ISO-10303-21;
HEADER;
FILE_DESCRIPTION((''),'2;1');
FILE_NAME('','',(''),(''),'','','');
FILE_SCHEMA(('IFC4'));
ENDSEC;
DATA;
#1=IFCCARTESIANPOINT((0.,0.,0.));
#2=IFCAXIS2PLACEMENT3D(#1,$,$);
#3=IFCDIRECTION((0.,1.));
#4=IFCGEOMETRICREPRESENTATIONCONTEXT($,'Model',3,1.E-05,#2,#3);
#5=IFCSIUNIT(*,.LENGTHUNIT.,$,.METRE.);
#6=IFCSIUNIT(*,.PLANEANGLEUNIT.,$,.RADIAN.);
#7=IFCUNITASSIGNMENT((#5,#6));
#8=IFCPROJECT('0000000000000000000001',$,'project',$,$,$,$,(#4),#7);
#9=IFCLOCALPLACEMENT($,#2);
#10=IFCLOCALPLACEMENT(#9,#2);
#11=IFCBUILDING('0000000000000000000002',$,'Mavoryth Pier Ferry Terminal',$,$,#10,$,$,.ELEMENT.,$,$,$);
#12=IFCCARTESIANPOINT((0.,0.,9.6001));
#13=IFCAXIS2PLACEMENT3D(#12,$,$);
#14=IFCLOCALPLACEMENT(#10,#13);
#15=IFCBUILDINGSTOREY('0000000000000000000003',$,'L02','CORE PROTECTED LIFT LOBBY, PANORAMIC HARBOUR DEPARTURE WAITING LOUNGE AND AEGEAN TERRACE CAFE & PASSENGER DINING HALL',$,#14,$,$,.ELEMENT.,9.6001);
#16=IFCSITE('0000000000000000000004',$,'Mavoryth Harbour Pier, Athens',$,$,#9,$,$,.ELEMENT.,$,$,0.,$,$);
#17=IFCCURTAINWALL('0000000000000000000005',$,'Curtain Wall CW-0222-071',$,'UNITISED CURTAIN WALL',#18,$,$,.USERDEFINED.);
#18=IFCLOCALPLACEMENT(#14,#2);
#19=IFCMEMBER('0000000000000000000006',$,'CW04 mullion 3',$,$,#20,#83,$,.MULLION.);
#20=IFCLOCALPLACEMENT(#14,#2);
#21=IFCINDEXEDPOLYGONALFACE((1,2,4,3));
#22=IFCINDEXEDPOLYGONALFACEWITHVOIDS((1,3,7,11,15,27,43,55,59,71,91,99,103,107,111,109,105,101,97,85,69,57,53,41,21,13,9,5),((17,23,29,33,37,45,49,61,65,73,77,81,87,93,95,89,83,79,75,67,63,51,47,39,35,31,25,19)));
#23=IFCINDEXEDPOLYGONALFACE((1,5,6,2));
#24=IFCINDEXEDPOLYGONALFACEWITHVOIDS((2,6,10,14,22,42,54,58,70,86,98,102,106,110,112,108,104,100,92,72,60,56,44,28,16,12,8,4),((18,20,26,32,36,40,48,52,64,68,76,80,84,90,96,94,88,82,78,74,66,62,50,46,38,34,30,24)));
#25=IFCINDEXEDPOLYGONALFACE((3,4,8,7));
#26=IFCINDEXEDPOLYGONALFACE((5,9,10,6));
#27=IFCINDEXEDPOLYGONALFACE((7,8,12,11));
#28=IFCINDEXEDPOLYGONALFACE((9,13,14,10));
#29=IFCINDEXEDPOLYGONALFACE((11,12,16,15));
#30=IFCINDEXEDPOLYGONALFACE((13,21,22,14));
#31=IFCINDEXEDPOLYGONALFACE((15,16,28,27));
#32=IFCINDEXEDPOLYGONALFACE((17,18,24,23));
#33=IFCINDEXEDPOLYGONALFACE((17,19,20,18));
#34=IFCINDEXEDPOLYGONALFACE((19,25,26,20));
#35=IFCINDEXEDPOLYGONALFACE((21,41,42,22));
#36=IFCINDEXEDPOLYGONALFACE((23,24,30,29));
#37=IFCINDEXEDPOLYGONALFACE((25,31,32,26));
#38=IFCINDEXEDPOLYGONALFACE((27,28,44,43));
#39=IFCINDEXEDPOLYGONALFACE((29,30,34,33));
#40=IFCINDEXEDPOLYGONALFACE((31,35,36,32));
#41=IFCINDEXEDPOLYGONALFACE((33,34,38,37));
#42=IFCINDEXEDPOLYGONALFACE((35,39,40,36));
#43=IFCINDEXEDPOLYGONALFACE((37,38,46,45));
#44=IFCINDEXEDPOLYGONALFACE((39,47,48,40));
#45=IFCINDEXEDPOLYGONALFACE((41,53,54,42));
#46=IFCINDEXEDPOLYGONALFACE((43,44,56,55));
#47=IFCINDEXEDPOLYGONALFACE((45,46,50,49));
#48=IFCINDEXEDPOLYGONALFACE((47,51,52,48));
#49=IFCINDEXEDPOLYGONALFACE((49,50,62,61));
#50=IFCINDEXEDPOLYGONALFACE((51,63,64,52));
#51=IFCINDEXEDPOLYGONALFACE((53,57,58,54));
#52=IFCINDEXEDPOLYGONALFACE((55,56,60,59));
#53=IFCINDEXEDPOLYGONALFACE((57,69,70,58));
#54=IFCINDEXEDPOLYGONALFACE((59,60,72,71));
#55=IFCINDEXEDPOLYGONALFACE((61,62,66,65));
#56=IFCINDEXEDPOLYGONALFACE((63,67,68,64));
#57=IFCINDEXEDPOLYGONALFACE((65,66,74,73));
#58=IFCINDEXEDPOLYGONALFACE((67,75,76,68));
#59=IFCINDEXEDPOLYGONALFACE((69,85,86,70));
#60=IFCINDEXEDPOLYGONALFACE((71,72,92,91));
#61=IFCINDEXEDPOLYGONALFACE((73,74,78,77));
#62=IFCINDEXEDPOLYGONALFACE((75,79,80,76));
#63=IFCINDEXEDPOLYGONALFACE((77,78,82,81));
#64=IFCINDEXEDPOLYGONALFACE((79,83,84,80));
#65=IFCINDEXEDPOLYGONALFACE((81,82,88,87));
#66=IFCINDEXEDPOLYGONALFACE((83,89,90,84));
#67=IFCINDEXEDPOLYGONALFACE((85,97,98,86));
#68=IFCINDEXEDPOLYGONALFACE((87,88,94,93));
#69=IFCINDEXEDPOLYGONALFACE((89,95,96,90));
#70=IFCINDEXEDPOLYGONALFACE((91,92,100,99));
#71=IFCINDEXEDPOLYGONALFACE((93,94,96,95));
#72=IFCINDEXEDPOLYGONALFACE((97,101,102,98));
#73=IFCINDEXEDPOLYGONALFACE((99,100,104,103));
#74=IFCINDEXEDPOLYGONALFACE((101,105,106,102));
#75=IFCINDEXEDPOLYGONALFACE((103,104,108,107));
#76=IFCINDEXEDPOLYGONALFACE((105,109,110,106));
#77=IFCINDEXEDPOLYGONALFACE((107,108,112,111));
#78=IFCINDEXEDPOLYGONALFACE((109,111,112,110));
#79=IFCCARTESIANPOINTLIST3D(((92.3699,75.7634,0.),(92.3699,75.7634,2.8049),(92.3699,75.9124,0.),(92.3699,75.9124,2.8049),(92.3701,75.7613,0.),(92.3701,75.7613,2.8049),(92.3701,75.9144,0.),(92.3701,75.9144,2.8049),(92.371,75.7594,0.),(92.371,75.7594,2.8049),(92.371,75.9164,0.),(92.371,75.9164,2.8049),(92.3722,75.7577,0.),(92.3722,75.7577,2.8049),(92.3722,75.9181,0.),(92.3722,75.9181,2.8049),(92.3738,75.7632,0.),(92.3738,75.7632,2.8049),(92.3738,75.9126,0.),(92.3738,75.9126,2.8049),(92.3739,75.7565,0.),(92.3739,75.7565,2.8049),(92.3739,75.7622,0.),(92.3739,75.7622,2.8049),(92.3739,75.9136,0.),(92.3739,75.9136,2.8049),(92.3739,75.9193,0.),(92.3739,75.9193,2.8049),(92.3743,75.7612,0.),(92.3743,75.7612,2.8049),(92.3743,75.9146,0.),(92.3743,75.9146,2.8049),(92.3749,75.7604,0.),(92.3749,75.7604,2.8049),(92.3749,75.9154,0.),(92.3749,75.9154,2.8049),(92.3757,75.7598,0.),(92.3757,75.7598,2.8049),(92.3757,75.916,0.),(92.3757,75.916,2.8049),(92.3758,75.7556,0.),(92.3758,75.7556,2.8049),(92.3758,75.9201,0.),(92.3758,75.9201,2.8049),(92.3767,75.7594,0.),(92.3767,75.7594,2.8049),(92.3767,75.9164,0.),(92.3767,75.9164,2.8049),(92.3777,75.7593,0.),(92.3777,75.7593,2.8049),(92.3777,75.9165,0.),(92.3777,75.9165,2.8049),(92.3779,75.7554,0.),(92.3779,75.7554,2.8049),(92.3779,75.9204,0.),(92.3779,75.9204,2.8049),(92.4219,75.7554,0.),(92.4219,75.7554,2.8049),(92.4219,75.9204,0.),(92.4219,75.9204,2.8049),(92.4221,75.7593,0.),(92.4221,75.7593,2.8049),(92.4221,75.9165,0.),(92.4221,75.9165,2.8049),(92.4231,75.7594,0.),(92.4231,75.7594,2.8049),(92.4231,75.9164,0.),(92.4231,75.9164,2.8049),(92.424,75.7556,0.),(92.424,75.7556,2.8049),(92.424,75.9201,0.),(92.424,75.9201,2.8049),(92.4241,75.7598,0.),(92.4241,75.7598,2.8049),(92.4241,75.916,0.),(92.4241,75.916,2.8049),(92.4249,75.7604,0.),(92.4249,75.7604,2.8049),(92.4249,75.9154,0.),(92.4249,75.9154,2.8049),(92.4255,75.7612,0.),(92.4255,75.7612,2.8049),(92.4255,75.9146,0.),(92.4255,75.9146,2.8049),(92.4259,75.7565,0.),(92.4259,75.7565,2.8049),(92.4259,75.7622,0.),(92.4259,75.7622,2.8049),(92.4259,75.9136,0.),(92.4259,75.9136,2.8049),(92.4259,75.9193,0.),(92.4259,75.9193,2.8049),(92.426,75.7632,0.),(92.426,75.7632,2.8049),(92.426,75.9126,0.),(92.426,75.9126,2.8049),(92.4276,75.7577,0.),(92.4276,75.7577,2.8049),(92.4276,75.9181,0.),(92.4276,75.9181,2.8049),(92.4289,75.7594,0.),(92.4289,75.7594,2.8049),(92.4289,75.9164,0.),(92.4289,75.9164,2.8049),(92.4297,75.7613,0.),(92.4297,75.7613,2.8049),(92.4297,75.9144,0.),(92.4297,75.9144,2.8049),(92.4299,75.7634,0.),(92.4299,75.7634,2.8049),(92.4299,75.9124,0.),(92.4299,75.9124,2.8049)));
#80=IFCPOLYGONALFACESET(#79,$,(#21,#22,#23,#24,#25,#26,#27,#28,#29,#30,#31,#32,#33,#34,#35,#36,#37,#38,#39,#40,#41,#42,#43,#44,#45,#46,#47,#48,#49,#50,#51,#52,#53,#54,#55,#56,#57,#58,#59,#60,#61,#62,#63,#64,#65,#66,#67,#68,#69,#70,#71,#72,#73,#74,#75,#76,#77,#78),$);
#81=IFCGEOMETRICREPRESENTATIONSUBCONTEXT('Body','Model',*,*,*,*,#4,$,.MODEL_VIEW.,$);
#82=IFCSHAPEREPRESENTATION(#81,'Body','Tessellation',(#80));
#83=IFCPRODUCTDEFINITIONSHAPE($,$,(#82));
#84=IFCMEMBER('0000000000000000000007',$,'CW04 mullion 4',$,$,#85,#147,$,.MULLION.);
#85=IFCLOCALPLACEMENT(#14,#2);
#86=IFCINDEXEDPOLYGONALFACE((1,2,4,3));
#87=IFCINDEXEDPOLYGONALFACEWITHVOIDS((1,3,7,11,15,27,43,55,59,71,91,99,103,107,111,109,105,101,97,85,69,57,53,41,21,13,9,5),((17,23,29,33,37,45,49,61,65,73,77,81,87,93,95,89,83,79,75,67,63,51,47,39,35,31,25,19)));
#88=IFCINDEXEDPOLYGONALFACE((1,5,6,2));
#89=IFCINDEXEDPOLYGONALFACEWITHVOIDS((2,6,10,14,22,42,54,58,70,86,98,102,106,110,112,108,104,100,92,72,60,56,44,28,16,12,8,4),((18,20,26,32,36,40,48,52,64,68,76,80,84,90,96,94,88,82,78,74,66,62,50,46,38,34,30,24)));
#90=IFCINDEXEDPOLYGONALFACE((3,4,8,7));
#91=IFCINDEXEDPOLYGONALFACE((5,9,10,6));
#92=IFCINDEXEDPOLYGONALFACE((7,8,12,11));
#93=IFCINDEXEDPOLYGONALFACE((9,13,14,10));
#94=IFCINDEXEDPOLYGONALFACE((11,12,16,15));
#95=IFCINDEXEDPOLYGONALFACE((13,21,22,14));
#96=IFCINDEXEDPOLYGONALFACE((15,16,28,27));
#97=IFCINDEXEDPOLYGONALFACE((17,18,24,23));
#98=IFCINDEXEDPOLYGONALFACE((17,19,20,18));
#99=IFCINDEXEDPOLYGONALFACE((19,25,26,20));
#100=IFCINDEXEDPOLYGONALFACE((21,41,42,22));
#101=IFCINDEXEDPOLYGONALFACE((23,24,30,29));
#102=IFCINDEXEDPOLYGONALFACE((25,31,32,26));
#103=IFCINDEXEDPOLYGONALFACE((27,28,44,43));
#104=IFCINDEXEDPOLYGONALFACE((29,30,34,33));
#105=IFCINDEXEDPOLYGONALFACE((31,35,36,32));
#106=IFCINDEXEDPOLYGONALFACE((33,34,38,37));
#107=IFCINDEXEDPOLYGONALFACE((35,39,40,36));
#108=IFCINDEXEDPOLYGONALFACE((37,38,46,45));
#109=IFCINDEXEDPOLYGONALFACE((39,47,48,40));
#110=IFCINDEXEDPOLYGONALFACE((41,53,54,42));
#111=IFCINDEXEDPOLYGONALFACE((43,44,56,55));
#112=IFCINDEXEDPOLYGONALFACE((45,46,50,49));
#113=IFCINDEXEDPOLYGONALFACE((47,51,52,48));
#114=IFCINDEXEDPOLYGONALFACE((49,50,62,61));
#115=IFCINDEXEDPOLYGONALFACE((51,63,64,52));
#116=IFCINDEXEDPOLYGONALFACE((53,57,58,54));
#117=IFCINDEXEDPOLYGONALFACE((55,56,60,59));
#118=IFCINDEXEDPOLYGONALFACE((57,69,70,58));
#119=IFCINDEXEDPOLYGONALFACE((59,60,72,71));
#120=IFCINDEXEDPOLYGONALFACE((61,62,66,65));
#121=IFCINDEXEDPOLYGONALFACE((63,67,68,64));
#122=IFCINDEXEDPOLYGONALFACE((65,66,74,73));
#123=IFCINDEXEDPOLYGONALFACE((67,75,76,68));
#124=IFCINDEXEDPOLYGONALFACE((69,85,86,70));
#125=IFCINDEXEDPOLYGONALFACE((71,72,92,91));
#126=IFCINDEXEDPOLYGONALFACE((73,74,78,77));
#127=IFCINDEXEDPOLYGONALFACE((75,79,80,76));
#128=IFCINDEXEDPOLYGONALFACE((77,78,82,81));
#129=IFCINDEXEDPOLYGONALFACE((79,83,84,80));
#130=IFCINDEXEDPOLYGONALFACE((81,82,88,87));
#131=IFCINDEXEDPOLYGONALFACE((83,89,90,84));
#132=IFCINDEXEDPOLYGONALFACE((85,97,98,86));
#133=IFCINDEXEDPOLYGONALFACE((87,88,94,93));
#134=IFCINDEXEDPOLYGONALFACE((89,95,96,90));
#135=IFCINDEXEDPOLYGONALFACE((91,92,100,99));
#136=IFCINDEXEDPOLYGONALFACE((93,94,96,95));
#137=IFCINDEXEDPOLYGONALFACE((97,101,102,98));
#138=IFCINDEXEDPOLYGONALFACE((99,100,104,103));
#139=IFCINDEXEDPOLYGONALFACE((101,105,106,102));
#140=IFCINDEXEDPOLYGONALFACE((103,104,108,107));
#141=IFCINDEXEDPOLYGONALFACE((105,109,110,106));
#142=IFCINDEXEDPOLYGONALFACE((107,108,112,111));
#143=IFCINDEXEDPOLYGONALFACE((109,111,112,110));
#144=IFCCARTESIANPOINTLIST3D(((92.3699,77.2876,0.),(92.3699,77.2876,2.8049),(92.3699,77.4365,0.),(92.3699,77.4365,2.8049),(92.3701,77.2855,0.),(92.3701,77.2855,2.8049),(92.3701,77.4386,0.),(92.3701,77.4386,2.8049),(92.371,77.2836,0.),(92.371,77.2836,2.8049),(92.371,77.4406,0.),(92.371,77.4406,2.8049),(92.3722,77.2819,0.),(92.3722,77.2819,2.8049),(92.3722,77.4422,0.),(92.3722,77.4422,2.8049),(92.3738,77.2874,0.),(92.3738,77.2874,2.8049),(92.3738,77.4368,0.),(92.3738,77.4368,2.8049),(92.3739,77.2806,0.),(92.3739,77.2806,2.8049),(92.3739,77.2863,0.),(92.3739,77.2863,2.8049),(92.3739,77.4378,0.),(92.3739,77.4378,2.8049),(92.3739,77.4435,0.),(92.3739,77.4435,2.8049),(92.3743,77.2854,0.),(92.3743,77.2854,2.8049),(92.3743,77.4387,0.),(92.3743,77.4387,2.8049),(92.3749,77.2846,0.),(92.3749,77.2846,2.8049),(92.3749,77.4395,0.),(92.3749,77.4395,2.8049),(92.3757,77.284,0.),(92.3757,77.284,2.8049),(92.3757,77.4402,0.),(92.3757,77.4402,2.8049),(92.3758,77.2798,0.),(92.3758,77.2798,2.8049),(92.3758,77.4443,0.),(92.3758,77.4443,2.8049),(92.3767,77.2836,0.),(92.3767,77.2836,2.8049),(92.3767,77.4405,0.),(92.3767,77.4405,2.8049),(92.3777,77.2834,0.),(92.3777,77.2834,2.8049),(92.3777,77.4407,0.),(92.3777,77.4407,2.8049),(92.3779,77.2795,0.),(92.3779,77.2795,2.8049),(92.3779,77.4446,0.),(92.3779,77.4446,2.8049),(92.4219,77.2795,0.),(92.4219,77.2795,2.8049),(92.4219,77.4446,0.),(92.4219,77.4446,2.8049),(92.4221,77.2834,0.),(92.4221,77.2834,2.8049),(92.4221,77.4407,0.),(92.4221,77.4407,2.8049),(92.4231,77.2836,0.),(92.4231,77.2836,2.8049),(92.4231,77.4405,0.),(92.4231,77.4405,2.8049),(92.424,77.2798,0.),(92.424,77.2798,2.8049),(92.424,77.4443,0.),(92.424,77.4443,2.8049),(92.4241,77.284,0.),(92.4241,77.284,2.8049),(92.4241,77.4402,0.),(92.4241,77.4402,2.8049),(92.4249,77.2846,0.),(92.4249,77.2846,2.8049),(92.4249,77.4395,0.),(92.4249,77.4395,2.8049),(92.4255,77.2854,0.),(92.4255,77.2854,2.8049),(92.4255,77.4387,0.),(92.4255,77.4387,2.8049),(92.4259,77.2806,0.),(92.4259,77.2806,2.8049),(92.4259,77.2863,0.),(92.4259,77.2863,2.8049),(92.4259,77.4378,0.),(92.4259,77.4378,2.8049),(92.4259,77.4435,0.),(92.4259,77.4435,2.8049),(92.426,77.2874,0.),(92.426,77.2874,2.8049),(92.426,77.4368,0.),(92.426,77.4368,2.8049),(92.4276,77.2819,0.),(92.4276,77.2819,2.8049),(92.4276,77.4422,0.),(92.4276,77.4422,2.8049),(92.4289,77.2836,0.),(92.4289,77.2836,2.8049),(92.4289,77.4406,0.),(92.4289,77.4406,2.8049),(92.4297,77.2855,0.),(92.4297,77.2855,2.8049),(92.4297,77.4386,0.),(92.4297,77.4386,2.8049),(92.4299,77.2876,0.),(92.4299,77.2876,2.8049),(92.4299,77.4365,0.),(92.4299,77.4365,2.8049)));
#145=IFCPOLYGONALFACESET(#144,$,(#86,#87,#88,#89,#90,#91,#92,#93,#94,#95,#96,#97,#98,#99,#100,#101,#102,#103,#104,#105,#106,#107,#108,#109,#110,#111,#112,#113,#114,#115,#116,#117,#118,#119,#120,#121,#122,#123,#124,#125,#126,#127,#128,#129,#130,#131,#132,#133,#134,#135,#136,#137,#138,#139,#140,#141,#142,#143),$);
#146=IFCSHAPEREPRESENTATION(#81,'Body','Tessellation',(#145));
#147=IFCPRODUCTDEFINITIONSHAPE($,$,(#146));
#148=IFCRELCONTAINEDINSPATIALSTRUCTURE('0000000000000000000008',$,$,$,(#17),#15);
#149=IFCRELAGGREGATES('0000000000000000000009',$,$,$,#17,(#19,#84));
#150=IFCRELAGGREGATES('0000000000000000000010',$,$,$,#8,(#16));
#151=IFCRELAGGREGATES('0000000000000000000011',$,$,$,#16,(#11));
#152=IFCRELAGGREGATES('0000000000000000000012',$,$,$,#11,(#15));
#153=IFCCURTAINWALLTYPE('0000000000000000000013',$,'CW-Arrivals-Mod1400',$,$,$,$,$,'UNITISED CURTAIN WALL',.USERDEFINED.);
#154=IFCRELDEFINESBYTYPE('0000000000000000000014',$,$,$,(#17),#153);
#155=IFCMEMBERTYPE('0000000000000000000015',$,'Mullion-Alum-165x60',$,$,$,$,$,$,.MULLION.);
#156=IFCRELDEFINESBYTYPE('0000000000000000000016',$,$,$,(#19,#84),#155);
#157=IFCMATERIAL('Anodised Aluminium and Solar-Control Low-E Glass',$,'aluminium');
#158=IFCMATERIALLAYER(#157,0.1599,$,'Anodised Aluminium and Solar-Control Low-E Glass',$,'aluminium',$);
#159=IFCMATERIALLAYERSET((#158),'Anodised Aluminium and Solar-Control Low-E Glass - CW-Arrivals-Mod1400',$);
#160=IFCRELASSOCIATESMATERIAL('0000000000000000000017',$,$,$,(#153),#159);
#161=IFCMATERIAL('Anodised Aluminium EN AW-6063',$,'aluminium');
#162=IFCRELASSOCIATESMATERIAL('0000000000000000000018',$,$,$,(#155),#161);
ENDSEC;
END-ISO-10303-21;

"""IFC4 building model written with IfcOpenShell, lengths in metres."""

from ifc_helpers import new_model, si_unit, direction, frame, origin, origin_2d, place, context, subcontext, project, spatial, hollow_rectangle, extrude, material, layer, layer_set, material_profile, profile_set, type_object, element, aggregate, save


model = new_model("IFC4")

# Units and contexts
model_context = context("Model", 3, precision=1e-05, world=origin(), true_north=direction((0.0, 1.0)))
body_context = subcontext(model_context, "Body", "Model", "MODEL_VIEW")
ifc_project = project(units=[si_unit("LENGTHUNIT", "METRE"), si_unit("PLANEANGLEUNIT", "RADIAN")], contexts=[model_context])

# Site, building, storey
site_placement = place(None, origin())
site = spatial("IfcSite", under=ifc_project, at=site_placement, Name="Mavoryth Harbour Pier, Athens", CompositionType="ELEMENT", RefElevation=0.0)
building_placement = place(site_placement, origin())
building = spatial("IfcBuilding", under=site, at=building_placement, Name="Mavoryth Pier Ferry Terminal", CompositionType="ELEMENT")
storey_placement = place(building_placement, frame((0.0, 0.0, 9.6001)))
storey = spatial("IfcBuildingStorey", under=building, at=storey_placement, Name="L02", Description="CORE PROTECTED LIFT LOBBY, PANORAMIC HARBOUR DEPARTURE WAITING LOUNGE AND AEGEAN TERRACE CAFE & PASSENGER DINING HALL", CompositionType="ELEMENT", Elevation=9.6001)

# Curtain wall, members
ifc_material_1 = material(Name="Anodised Aluminium and Solar-Control Low-E Glass", Category="aluminium")
ifc_layer_1 = layer(ifc_material_1, 0.1599, Name="Anodised Aluminium and Solar-Control Low-E Glass", Category="aluminium")
ifc_layer_set_1 = layer_set([ifc_layer_1], Name="Anodised Aluminium and Solar-Control Low-E Glass - CW-Arrivals-Mod1400")
curtain_wall_type = type_object("IfcCurtainWallType", Name="CW-Arrivals-Mod1400", ElementType="UNITISED CURTAIN WALL", PredefinedType="USERDEFINED", material=ifc_layer_set_1)
curtain_wall_1_placement = place(storey_placement, origin())
curtain_wall_1 = element("IfcCurtainWall", 1, at=curtain_wall_1_placement, inside=storey, type_object=curtain_wall_type, Name="Curtain Wall CW-0222-071", ObjectType="UNITISED CURTAIN WALL", PredefinedType="USERDEFINED")
ifc_material_2 = material(Name="Anodised Aluminium EN AW-6063", Category="aluminium")
ifc_material_profile_1 = material_profile(ifc_material_2, hollow_rectangle(XDim=0.0601, YDim=0.165, WallThickness=0.0039, InnerFilletRadius=0.0039, OuterFilletRadius=0.0081, at=origin_2d()), Name="AL-MULL 165x60x4", Category="aluminium")
ifc_profile_set_1 = profile_set([ifc_material_profile_1], Name="Anodised Aluminium EN AW-6063 - AL-MULL 165x60x4")
member_type_1 = type_object("IfcMemberType", Name="Mullion-Alum-165x60", PredefinedType="MULLION", material=ifc_profile_set_1)
member_1_placement = place(storey_placement, frame((92.3999, 75.8379, 0.0), z_axis=(0.0, 0.0, 1.0), x_axis=(-1.0, 0.0, 0.0)))
member_1 = element("IfcMember", 2, at=member_1_placement, type_object=member_type_1, Name="CW04 mullion 3", PredefinedType="MULLION", context=body_context, shape_type="SweptSolid", body=[
    extrude(hollow_rectangle(XDim=0.0601, YDim=0.165, WallThickness=0.0039, InnerFilletRadius=0.0039, OuterFilletRadius=0.0081, at=origin_2d()), origin(), (0.0, 0.0, 1.0), 2.8049),
])
member_2_placement = place(storey_placement, frame((92.3999, 77.3621, 0.0), z_axis=(0.0, 0.0, 1.0), x_axis=(-1.0, 0.0, 0.0)))
member_2 = element("IfcMember", 3, at=member_2_placement, type_object=member_type_1, Name="CW04 mullion 4", PredefinedType="MULLION", context=body_context, shape_type="SweptSolid", body=[
    extrude(hollow_rectangle(XDim=0.0601, YDim=0.165, WallThickness=0.0039, InnerFilletRadius=0.0039, OuterFilletRadius=0.0081, at=origin_2d()), origin(), (0.0, 0.0, 1.0), 2.8049),
])

aggregate(curtain_wall_1, [member_1, member_2])

save(model, "model.ifc")
